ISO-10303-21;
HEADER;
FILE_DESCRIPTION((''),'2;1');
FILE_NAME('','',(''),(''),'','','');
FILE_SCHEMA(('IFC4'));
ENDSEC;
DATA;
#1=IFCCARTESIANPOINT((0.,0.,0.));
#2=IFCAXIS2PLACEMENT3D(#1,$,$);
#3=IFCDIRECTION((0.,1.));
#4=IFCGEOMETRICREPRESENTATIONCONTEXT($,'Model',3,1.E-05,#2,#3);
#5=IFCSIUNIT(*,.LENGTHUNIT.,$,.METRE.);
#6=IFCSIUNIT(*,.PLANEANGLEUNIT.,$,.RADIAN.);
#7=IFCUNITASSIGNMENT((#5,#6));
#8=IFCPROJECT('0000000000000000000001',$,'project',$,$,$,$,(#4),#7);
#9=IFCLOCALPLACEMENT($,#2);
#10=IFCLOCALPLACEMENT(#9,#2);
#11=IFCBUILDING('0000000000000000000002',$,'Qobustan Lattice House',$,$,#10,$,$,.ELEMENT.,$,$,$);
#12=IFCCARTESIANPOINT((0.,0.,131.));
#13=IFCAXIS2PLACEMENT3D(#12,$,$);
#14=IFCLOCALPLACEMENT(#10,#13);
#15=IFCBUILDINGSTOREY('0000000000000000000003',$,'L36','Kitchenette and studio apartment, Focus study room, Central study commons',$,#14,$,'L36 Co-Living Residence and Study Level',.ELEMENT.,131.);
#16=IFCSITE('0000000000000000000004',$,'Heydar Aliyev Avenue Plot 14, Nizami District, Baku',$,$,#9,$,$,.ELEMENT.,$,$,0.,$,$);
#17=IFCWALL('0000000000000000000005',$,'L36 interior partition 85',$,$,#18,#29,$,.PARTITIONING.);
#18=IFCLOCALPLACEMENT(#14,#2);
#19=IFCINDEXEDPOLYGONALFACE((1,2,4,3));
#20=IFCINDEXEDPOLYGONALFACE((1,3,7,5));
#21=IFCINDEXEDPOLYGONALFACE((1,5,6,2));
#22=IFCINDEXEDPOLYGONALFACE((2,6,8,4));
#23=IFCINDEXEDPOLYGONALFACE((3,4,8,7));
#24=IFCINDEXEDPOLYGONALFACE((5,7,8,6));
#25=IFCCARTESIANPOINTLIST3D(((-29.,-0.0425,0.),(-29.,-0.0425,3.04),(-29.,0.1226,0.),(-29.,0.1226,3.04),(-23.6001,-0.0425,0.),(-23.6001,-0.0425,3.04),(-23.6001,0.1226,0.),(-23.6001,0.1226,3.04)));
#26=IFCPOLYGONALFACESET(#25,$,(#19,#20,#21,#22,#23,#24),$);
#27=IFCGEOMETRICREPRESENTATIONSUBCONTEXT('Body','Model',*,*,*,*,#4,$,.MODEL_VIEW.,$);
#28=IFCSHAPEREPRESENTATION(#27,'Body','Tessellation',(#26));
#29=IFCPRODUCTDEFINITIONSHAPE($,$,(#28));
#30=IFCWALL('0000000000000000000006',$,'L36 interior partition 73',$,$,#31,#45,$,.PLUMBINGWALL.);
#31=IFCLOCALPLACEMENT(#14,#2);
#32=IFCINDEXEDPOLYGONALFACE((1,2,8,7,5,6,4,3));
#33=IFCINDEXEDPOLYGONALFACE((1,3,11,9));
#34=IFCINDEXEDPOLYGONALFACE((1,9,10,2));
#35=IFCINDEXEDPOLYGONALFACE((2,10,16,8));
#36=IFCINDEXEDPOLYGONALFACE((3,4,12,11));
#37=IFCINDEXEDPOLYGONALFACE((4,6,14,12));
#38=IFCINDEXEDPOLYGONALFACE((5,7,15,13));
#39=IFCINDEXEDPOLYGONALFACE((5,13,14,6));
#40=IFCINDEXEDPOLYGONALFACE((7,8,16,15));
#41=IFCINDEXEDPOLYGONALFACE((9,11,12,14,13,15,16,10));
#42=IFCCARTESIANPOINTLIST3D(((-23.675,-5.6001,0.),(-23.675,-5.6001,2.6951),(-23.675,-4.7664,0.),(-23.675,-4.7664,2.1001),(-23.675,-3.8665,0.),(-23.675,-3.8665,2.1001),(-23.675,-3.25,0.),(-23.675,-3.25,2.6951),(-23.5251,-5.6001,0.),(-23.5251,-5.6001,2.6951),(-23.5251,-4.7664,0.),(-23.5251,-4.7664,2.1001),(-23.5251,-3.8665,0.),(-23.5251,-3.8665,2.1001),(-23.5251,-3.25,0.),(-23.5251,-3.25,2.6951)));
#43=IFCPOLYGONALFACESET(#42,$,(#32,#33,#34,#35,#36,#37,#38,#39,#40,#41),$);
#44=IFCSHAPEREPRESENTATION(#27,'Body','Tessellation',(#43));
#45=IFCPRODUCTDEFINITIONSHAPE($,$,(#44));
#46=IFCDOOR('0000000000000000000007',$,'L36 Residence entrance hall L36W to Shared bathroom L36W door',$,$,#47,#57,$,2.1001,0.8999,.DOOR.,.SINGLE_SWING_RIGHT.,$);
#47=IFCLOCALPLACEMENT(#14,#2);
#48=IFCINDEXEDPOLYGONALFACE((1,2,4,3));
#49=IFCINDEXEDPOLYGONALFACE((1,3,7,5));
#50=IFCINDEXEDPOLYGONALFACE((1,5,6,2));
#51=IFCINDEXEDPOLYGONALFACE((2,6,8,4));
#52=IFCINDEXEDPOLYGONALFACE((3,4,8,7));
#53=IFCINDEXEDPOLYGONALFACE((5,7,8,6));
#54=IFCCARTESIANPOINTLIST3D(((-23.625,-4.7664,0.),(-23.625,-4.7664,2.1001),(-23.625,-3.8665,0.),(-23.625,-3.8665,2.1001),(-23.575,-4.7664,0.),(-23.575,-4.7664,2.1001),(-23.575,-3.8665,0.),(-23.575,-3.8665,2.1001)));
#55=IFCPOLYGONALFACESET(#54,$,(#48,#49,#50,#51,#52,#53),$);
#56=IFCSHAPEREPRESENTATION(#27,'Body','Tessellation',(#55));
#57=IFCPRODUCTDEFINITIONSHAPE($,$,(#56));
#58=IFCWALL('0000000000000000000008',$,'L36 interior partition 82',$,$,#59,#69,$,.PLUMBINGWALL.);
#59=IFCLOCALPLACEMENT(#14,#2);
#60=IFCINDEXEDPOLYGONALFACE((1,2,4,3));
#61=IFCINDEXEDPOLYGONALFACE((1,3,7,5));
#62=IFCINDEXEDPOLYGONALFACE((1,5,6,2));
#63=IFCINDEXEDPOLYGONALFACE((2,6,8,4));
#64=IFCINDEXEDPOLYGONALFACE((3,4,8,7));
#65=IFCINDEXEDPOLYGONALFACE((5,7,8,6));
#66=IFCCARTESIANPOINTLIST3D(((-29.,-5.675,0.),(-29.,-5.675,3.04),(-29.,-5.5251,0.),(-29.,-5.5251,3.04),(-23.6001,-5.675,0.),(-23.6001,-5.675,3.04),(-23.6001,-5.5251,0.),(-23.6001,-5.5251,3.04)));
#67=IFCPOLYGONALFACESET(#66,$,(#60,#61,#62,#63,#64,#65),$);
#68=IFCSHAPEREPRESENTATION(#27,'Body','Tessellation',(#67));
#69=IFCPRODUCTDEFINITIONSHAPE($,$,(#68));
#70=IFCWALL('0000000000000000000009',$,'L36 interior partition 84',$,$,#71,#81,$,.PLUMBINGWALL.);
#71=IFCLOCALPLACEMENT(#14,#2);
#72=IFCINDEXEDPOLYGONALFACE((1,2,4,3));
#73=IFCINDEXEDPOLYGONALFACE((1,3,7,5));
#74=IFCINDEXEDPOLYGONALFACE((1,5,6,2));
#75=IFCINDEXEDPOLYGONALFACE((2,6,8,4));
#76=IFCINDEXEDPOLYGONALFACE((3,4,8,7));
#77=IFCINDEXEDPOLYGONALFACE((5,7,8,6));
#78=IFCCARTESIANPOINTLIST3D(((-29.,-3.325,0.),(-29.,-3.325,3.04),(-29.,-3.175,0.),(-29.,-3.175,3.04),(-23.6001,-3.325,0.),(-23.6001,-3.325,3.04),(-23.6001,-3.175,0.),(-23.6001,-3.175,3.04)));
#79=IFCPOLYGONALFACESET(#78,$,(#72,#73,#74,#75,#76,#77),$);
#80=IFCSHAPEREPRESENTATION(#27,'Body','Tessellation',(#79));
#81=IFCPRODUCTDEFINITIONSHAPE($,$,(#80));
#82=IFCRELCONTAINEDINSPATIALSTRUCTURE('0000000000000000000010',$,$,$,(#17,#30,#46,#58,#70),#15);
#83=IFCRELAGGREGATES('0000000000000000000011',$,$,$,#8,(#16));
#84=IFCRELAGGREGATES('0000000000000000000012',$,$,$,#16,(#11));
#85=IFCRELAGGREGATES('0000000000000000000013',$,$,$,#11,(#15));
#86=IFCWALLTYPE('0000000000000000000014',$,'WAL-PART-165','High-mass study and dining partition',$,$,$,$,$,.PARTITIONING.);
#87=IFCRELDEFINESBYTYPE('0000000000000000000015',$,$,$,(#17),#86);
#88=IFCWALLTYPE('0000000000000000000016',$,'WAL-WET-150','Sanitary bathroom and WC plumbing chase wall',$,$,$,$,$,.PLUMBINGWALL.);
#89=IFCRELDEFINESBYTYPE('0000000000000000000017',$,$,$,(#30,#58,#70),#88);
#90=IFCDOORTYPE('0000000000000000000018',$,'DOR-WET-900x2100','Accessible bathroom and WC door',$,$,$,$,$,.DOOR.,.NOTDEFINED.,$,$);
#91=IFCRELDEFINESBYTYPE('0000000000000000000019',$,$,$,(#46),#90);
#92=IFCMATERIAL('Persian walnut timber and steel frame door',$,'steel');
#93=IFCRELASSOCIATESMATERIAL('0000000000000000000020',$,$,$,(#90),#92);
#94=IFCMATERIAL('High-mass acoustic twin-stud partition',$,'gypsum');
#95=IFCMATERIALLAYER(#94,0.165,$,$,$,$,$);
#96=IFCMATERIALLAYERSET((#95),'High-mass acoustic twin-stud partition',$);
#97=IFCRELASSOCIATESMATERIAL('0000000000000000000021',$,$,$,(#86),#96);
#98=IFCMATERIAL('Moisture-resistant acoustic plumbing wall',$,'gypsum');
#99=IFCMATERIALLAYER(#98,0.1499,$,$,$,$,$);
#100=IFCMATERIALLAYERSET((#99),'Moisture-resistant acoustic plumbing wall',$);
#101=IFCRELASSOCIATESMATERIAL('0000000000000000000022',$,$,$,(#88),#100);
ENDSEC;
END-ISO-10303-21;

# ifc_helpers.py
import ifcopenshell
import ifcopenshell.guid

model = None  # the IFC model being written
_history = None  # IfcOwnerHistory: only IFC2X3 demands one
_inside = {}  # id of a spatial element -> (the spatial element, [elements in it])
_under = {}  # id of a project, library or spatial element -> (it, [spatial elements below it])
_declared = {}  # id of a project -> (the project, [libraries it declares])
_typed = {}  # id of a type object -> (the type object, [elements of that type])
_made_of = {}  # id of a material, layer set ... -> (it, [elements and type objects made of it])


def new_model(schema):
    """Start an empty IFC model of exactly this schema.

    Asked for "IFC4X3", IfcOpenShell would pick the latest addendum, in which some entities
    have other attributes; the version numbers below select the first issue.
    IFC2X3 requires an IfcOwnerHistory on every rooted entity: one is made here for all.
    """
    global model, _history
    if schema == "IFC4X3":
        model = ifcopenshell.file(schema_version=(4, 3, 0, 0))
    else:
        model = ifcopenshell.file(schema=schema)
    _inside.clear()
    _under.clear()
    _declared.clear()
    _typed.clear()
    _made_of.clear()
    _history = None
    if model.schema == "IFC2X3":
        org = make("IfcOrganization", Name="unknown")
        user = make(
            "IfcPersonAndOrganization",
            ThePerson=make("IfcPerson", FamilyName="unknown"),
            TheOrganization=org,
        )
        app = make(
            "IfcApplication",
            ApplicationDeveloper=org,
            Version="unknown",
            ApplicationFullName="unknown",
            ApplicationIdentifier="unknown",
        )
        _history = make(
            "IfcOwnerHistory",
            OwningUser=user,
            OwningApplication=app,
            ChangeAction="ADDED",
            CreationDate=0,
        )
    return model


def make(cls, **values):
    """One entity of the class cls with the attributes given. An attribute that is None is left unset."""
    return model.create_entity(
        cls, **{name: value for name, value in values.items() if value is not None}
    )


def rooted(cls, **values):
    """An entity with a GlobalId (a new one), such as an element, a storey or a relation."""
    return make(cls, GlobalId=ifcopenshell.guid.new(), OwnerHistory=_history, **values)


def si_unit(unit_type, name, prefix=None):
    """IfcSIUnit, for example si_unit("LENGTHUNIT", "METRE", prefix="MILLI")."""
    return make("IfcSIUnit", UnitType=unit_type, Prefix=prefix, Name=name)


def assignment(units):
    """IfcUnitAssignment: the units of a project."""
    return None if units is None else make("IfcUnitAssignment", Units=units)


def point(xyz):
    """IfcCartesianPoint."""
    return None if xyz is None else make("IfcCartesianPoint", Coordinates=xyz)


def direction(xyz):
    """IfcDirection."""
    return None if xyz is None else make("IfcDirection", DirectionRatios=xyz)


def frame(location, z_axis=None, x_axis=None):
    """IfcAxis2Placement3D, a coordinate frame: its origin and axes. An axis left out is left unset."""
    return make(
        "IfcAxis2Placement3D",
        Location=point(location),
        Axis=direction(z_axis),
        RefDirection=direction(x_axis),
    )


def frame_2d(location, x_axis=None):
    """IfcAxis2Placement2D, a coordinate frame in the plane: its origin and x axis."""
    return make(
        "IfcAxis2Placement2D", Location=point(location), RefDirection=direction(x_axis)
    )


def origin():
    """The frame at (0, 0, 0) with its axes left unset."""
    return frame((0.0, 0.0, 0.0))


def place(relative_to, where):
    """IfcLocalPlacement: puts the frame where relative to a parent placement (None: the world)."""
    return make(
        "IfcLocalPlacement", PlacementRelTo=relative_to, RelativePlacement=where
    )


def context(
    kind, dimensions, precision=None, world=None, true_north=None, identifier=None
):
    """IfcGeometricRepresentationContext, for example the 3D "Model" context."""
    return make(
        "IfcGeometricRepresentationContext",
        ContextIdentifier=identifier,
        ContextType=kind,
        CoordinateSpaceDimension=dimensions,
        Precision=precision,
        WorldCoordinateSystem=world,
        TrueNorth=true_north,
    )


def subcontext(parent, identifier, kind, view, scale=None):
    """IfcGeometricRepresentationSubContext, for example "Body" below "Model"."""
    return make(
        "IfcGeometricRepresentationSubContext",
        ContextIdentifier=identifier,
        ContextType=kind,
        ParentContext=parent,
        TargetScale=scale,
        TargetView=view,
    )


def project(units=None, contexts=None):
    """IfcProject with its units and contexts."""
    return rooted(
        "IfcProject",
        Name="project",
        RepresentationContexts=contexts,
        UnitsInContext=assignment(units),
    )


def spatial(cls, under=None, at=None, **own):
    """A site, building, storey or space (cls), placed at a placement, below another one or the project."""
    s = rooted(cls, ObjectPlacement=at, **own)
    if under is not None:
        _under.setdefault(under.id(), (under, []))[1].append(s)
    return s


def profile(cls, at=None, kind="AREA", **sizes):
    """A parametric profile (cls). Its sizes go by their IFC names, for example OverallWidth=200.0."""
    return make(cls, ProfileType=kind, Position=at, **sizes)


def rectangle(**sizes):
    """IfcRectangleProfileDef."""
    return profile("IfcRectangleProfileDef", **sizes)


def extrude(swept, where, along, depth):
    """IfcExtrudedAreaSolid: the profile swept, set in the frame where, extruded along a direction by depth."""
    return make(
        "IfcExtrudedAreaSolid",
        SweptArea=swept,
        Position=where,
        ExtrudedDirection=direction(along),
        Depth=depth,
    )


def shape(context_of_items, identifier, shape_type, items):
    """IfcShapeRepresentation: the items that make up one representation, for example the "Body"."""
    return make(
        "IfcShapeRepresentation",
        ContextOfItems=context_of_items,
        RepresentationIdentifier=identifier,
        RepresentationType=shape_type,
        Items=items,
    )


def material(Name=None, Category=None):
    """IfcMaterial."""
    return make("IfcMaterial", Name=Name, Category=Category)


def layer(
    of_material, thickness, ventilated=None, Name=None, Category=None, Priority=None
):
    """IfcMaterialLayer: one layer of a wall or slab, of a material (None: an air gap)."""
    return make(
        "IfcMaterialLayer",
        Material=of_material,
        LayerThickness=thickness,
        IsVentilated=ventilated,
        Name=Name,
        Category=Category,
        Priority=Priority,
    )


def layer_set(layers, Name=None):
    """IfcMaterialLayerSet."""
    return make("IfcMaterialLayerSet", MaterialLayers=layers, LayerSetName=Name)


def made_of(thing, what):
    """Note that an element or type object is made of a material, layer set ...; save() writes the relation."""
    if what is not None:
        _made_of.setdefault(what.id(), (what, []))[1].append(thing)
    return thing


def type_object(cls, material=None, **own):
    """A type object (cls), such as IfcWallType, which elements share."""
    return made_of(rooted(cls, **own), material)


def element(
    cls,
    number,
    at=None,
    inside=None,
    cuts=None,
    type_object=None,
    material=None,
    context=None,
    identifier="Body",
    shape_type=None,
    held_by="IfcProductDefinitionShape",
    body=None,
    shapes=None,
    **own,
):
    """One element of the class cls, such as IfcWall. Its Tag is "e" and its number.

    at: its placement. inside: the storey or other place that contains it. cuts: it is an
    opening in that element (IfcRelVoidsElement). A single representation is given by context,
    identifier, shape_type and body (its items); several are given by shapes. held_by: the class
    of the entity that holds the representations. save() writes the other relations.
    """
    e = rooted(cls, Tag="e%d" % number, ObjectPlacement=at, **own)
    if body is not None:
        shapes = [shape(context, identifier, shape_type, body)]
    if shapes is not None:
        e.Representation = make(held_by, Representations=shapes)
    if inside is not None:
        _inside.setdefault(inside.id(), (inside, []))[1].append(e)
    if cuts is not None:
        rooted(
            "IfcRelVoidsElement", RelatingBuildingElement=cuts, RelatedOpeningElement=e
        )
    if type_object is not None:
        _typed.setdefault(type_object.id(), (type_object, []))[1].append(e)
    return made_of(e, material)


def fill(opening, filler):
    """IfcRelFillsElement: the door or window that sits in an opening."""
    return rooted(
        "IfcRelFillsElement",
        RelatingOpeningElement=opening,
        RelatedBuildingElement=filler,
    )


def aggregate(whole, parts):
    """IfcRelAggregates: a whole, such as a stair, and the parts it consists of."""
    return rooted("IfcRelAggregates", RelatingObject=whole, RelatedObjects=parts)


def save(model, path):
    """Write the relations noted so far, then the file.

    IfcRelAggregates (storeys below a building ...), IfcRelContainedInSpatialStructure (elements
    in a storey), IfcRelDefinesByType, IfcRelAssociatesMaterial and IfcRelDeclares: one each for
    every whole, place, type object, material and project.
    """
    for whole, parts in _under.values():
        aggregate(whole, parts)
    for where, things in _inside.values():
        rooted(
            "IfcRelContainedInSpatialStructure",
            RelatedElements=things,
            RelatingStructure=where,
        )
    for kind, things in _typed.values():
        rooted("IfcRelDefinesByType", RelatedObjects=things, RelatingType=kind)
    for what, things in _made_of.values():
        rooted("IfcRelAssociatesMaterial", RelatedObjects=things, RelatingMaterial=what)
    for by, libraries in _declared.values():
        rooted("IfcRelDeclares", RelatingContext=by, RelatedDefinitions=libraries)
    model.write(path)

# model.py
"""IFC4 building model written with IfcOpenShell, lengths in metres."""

from ifc_helpers import new_model, si_unit, direction, frame, frame_2d, origin, place, context, subcontext, project, spatial, rectangle, extrude, material, layer, layer_set, type_object, element, fill, save


model = new_model("IFC4")

# Units and contexts
model_context = context("Model", 3, precision=1e-05, world=origin(), true_north=direction((0.0, 1.0)))
body_context = subcontext(model_context, "Body", "Model", "MODEL_VIEW")
ifc_project = project(units=[si_unit("LENGTHUNIT", "METRE"), si_unit("PLANEANGLEUNIT", "RADIAN")], contexts=[model_context])

# Site, building, storey
site_placement = place(None, origin())
site = spatial("IfcSite", under=ifc_project, at=site_placement, Name="Heydar Aliyev Avenue Plot 14, Nizami District, Baku", CompositionType="ELEMENT", RefElevation=0.0)
building_placement = place(site_placement, origin())
building = spatial("IfcBuilding", under=site, at=building_placement, Name="Qobustan Lattice House", CompositionType="ELEMENT")
storey_placement = place(building_placement, frame((0.0, 0.0, 131.0)))
storey = spatial("IfcBuildingStorey", under=building, at=storey_placement, Name="L36", Description="Kitchenette and studio apartment, Focus study room, Central study commons", LongName="L36 Co-Living Residence and Study Level", CompositionType="ELEMENT", Elevation=131.0)

# Shared definitions
ifc_material_1 = material(Name="Persian walnut timber and steel frame door", Category="steel")
door_type_1 = type_object("IfcDoorType", Name="DOR-WET-900x2100", Description="Accessible bathroom and WC door", OperationType="NOTDEFINED", PredefinedType="DOOR", material=ifc_material_1)

# Shared definitions
ifc_material_2 = material(Name="High-mass acoustic twin-stud partition", Category="gypsum")
ifc_layer_1 = layer(ifc_material_2, 0.165)
ifc_layer_set_1 = layer_set([ifc_layer_1], Name="High-mass acoustic twin-stud partition")
wall_type_1 = type_object("IfcWallType", Name="WAL-PART-165", Description="High-mass study and dining partition", PredefinedType="PARTITIONING", material=ifc_layer_set_1)

# Wall
wall_1_placement = place(storey_placement, frame((-29.0, 0.04, 0.0), z_axis=(0.0, 0.0, 1.0), x_axis=(1.0, 0.0, 0.0)))
element("IfcWall", 1, at=wall_1_placement, inside=storey, type_object=wall_type_1, Name="L36 interior partition 85", PredefinedType="PARTITIONING", context=body_context, shape_type="SweptSolid", body=[
    extrude(rectangle(XDim=5.3999, YDim=0.165, at=frame_2d((2.7, 0.0))), origin(), (0.0, 0.0, 1.0), 3.04),
])

# Wall, opening, door
ifc_material_3 = material(Name="Moisture-resistant acoustic plumbing wall", Category="gypsum")
ifc_layer_2 = layer(ifc_material_3, 0.1499)
ifc_layer_set_2 = layer_set([ifc_layer_2], Name="Moisture-resistant acoustic plumbing wall")
wall_type_2 = type_object("IfcWallType", Name="WAL-WET-150", Description="Sanitary bathroom and WC plumbing chase wall", PredefinedType="PLUMBINGWALL", material=ifc_layer_set_2)
wall_2_placement = place(storey_placement, frame((-23.6001, -5.6001, 0.0), z_axis=(0.0, 0.0, 1.0), x_axis=(0.0, 1.0, 0.0)))
wall_2 = element("IfcWall", 2, at=wall_2_placement, inside=storey, type_object=wall_type_2, Name="L36 interior partition 73", PredefinedType="PLUMBINGWALL", context=body_context, shape_type="SweptSolid", body=[
    extrude(rectangle(XDim=2.3501, YDim=0.1499, at=frame_2d((1.175, 0.0))), origin(), (0.0, 0.0, 1.0), 2.6951),
])
opening_1_placement = place(wall_2_placement, frame((0.8337, 0.0, 0.0)))
opening_1 = element("IfcOpeningElement", 3, at=opening_1_placement, cuts=wall_2, PredefinedType="OPENING", context=body_context, shape_type="SweptSolid", body=[
    extrude(rectangle(XDim=0.8999, YDim=2.1001, at=frame_2d((0.45, 1.05))), frame((0.0, 0.085, 0.0), z_axis=(0.0, -1.0, 0.0), x_axis=(1.0, 0.0, 0.0)), (0.0, 0.0, 1.0), 0.1699),
])
door_1_placement = place(opening_1_placement, origin())
door_1 = element("IfcDoor", 4, at=door_1_placement, inside=storey, type_object=door_type_1, Name="L36 Residence entrance hall L36W to Shared bathroom L36W door", OperationType="SINGLE_SWING_RIGHT", OverallHeight=2.1001, OverallWidth=0.8999, PredefinedType="DOOR", context=body_context, shape_type="SweptSolid", body=[
    extrude(rectangle(XDim=0.8999, YDim=2.1001, at=frame_2d((0.45, 1.05))), frame((0.0, 0.0249, 0.0), z_axis=(0.0, -1.0, 0.0), x_axis=(1.0, 0.0, 0.0)), (0.0, 0.0, 1.0), 0.05),
])
fill(opening_1, door_1)

# Walls
for number, where, z_axis, x_axis, name in (
    (5, (-29.0, -5.6001, 0.0), (0.0, 0.0, 1.0), (1.0, 0.0, 0.0), "L36 interior partition 82"),
    (6, (-29.0, -3.25, 0.0), (0.0, 0.0, 1.0), (1.0, 0.0, 0.0), "L36 interior partition 84"),
):
    element("IfcWall", number, at=place(storey_placement, frame(where, z_axis=z_axis, x_axis=x_axis)), inside=storey, type_object=wall_type_2, Name=name, PredefinedType="PLUMBINGWALL", context=body_context, shape_type="SweptSolid", body=[
        extrude(rectangle(XDim=5.3999, YDim=0.1499, at=frame_2d((2.7, 0.0))), origin(), (0.0, 0.0, 1.0), 3.04),
    ])

save(model, "model.ifc")
